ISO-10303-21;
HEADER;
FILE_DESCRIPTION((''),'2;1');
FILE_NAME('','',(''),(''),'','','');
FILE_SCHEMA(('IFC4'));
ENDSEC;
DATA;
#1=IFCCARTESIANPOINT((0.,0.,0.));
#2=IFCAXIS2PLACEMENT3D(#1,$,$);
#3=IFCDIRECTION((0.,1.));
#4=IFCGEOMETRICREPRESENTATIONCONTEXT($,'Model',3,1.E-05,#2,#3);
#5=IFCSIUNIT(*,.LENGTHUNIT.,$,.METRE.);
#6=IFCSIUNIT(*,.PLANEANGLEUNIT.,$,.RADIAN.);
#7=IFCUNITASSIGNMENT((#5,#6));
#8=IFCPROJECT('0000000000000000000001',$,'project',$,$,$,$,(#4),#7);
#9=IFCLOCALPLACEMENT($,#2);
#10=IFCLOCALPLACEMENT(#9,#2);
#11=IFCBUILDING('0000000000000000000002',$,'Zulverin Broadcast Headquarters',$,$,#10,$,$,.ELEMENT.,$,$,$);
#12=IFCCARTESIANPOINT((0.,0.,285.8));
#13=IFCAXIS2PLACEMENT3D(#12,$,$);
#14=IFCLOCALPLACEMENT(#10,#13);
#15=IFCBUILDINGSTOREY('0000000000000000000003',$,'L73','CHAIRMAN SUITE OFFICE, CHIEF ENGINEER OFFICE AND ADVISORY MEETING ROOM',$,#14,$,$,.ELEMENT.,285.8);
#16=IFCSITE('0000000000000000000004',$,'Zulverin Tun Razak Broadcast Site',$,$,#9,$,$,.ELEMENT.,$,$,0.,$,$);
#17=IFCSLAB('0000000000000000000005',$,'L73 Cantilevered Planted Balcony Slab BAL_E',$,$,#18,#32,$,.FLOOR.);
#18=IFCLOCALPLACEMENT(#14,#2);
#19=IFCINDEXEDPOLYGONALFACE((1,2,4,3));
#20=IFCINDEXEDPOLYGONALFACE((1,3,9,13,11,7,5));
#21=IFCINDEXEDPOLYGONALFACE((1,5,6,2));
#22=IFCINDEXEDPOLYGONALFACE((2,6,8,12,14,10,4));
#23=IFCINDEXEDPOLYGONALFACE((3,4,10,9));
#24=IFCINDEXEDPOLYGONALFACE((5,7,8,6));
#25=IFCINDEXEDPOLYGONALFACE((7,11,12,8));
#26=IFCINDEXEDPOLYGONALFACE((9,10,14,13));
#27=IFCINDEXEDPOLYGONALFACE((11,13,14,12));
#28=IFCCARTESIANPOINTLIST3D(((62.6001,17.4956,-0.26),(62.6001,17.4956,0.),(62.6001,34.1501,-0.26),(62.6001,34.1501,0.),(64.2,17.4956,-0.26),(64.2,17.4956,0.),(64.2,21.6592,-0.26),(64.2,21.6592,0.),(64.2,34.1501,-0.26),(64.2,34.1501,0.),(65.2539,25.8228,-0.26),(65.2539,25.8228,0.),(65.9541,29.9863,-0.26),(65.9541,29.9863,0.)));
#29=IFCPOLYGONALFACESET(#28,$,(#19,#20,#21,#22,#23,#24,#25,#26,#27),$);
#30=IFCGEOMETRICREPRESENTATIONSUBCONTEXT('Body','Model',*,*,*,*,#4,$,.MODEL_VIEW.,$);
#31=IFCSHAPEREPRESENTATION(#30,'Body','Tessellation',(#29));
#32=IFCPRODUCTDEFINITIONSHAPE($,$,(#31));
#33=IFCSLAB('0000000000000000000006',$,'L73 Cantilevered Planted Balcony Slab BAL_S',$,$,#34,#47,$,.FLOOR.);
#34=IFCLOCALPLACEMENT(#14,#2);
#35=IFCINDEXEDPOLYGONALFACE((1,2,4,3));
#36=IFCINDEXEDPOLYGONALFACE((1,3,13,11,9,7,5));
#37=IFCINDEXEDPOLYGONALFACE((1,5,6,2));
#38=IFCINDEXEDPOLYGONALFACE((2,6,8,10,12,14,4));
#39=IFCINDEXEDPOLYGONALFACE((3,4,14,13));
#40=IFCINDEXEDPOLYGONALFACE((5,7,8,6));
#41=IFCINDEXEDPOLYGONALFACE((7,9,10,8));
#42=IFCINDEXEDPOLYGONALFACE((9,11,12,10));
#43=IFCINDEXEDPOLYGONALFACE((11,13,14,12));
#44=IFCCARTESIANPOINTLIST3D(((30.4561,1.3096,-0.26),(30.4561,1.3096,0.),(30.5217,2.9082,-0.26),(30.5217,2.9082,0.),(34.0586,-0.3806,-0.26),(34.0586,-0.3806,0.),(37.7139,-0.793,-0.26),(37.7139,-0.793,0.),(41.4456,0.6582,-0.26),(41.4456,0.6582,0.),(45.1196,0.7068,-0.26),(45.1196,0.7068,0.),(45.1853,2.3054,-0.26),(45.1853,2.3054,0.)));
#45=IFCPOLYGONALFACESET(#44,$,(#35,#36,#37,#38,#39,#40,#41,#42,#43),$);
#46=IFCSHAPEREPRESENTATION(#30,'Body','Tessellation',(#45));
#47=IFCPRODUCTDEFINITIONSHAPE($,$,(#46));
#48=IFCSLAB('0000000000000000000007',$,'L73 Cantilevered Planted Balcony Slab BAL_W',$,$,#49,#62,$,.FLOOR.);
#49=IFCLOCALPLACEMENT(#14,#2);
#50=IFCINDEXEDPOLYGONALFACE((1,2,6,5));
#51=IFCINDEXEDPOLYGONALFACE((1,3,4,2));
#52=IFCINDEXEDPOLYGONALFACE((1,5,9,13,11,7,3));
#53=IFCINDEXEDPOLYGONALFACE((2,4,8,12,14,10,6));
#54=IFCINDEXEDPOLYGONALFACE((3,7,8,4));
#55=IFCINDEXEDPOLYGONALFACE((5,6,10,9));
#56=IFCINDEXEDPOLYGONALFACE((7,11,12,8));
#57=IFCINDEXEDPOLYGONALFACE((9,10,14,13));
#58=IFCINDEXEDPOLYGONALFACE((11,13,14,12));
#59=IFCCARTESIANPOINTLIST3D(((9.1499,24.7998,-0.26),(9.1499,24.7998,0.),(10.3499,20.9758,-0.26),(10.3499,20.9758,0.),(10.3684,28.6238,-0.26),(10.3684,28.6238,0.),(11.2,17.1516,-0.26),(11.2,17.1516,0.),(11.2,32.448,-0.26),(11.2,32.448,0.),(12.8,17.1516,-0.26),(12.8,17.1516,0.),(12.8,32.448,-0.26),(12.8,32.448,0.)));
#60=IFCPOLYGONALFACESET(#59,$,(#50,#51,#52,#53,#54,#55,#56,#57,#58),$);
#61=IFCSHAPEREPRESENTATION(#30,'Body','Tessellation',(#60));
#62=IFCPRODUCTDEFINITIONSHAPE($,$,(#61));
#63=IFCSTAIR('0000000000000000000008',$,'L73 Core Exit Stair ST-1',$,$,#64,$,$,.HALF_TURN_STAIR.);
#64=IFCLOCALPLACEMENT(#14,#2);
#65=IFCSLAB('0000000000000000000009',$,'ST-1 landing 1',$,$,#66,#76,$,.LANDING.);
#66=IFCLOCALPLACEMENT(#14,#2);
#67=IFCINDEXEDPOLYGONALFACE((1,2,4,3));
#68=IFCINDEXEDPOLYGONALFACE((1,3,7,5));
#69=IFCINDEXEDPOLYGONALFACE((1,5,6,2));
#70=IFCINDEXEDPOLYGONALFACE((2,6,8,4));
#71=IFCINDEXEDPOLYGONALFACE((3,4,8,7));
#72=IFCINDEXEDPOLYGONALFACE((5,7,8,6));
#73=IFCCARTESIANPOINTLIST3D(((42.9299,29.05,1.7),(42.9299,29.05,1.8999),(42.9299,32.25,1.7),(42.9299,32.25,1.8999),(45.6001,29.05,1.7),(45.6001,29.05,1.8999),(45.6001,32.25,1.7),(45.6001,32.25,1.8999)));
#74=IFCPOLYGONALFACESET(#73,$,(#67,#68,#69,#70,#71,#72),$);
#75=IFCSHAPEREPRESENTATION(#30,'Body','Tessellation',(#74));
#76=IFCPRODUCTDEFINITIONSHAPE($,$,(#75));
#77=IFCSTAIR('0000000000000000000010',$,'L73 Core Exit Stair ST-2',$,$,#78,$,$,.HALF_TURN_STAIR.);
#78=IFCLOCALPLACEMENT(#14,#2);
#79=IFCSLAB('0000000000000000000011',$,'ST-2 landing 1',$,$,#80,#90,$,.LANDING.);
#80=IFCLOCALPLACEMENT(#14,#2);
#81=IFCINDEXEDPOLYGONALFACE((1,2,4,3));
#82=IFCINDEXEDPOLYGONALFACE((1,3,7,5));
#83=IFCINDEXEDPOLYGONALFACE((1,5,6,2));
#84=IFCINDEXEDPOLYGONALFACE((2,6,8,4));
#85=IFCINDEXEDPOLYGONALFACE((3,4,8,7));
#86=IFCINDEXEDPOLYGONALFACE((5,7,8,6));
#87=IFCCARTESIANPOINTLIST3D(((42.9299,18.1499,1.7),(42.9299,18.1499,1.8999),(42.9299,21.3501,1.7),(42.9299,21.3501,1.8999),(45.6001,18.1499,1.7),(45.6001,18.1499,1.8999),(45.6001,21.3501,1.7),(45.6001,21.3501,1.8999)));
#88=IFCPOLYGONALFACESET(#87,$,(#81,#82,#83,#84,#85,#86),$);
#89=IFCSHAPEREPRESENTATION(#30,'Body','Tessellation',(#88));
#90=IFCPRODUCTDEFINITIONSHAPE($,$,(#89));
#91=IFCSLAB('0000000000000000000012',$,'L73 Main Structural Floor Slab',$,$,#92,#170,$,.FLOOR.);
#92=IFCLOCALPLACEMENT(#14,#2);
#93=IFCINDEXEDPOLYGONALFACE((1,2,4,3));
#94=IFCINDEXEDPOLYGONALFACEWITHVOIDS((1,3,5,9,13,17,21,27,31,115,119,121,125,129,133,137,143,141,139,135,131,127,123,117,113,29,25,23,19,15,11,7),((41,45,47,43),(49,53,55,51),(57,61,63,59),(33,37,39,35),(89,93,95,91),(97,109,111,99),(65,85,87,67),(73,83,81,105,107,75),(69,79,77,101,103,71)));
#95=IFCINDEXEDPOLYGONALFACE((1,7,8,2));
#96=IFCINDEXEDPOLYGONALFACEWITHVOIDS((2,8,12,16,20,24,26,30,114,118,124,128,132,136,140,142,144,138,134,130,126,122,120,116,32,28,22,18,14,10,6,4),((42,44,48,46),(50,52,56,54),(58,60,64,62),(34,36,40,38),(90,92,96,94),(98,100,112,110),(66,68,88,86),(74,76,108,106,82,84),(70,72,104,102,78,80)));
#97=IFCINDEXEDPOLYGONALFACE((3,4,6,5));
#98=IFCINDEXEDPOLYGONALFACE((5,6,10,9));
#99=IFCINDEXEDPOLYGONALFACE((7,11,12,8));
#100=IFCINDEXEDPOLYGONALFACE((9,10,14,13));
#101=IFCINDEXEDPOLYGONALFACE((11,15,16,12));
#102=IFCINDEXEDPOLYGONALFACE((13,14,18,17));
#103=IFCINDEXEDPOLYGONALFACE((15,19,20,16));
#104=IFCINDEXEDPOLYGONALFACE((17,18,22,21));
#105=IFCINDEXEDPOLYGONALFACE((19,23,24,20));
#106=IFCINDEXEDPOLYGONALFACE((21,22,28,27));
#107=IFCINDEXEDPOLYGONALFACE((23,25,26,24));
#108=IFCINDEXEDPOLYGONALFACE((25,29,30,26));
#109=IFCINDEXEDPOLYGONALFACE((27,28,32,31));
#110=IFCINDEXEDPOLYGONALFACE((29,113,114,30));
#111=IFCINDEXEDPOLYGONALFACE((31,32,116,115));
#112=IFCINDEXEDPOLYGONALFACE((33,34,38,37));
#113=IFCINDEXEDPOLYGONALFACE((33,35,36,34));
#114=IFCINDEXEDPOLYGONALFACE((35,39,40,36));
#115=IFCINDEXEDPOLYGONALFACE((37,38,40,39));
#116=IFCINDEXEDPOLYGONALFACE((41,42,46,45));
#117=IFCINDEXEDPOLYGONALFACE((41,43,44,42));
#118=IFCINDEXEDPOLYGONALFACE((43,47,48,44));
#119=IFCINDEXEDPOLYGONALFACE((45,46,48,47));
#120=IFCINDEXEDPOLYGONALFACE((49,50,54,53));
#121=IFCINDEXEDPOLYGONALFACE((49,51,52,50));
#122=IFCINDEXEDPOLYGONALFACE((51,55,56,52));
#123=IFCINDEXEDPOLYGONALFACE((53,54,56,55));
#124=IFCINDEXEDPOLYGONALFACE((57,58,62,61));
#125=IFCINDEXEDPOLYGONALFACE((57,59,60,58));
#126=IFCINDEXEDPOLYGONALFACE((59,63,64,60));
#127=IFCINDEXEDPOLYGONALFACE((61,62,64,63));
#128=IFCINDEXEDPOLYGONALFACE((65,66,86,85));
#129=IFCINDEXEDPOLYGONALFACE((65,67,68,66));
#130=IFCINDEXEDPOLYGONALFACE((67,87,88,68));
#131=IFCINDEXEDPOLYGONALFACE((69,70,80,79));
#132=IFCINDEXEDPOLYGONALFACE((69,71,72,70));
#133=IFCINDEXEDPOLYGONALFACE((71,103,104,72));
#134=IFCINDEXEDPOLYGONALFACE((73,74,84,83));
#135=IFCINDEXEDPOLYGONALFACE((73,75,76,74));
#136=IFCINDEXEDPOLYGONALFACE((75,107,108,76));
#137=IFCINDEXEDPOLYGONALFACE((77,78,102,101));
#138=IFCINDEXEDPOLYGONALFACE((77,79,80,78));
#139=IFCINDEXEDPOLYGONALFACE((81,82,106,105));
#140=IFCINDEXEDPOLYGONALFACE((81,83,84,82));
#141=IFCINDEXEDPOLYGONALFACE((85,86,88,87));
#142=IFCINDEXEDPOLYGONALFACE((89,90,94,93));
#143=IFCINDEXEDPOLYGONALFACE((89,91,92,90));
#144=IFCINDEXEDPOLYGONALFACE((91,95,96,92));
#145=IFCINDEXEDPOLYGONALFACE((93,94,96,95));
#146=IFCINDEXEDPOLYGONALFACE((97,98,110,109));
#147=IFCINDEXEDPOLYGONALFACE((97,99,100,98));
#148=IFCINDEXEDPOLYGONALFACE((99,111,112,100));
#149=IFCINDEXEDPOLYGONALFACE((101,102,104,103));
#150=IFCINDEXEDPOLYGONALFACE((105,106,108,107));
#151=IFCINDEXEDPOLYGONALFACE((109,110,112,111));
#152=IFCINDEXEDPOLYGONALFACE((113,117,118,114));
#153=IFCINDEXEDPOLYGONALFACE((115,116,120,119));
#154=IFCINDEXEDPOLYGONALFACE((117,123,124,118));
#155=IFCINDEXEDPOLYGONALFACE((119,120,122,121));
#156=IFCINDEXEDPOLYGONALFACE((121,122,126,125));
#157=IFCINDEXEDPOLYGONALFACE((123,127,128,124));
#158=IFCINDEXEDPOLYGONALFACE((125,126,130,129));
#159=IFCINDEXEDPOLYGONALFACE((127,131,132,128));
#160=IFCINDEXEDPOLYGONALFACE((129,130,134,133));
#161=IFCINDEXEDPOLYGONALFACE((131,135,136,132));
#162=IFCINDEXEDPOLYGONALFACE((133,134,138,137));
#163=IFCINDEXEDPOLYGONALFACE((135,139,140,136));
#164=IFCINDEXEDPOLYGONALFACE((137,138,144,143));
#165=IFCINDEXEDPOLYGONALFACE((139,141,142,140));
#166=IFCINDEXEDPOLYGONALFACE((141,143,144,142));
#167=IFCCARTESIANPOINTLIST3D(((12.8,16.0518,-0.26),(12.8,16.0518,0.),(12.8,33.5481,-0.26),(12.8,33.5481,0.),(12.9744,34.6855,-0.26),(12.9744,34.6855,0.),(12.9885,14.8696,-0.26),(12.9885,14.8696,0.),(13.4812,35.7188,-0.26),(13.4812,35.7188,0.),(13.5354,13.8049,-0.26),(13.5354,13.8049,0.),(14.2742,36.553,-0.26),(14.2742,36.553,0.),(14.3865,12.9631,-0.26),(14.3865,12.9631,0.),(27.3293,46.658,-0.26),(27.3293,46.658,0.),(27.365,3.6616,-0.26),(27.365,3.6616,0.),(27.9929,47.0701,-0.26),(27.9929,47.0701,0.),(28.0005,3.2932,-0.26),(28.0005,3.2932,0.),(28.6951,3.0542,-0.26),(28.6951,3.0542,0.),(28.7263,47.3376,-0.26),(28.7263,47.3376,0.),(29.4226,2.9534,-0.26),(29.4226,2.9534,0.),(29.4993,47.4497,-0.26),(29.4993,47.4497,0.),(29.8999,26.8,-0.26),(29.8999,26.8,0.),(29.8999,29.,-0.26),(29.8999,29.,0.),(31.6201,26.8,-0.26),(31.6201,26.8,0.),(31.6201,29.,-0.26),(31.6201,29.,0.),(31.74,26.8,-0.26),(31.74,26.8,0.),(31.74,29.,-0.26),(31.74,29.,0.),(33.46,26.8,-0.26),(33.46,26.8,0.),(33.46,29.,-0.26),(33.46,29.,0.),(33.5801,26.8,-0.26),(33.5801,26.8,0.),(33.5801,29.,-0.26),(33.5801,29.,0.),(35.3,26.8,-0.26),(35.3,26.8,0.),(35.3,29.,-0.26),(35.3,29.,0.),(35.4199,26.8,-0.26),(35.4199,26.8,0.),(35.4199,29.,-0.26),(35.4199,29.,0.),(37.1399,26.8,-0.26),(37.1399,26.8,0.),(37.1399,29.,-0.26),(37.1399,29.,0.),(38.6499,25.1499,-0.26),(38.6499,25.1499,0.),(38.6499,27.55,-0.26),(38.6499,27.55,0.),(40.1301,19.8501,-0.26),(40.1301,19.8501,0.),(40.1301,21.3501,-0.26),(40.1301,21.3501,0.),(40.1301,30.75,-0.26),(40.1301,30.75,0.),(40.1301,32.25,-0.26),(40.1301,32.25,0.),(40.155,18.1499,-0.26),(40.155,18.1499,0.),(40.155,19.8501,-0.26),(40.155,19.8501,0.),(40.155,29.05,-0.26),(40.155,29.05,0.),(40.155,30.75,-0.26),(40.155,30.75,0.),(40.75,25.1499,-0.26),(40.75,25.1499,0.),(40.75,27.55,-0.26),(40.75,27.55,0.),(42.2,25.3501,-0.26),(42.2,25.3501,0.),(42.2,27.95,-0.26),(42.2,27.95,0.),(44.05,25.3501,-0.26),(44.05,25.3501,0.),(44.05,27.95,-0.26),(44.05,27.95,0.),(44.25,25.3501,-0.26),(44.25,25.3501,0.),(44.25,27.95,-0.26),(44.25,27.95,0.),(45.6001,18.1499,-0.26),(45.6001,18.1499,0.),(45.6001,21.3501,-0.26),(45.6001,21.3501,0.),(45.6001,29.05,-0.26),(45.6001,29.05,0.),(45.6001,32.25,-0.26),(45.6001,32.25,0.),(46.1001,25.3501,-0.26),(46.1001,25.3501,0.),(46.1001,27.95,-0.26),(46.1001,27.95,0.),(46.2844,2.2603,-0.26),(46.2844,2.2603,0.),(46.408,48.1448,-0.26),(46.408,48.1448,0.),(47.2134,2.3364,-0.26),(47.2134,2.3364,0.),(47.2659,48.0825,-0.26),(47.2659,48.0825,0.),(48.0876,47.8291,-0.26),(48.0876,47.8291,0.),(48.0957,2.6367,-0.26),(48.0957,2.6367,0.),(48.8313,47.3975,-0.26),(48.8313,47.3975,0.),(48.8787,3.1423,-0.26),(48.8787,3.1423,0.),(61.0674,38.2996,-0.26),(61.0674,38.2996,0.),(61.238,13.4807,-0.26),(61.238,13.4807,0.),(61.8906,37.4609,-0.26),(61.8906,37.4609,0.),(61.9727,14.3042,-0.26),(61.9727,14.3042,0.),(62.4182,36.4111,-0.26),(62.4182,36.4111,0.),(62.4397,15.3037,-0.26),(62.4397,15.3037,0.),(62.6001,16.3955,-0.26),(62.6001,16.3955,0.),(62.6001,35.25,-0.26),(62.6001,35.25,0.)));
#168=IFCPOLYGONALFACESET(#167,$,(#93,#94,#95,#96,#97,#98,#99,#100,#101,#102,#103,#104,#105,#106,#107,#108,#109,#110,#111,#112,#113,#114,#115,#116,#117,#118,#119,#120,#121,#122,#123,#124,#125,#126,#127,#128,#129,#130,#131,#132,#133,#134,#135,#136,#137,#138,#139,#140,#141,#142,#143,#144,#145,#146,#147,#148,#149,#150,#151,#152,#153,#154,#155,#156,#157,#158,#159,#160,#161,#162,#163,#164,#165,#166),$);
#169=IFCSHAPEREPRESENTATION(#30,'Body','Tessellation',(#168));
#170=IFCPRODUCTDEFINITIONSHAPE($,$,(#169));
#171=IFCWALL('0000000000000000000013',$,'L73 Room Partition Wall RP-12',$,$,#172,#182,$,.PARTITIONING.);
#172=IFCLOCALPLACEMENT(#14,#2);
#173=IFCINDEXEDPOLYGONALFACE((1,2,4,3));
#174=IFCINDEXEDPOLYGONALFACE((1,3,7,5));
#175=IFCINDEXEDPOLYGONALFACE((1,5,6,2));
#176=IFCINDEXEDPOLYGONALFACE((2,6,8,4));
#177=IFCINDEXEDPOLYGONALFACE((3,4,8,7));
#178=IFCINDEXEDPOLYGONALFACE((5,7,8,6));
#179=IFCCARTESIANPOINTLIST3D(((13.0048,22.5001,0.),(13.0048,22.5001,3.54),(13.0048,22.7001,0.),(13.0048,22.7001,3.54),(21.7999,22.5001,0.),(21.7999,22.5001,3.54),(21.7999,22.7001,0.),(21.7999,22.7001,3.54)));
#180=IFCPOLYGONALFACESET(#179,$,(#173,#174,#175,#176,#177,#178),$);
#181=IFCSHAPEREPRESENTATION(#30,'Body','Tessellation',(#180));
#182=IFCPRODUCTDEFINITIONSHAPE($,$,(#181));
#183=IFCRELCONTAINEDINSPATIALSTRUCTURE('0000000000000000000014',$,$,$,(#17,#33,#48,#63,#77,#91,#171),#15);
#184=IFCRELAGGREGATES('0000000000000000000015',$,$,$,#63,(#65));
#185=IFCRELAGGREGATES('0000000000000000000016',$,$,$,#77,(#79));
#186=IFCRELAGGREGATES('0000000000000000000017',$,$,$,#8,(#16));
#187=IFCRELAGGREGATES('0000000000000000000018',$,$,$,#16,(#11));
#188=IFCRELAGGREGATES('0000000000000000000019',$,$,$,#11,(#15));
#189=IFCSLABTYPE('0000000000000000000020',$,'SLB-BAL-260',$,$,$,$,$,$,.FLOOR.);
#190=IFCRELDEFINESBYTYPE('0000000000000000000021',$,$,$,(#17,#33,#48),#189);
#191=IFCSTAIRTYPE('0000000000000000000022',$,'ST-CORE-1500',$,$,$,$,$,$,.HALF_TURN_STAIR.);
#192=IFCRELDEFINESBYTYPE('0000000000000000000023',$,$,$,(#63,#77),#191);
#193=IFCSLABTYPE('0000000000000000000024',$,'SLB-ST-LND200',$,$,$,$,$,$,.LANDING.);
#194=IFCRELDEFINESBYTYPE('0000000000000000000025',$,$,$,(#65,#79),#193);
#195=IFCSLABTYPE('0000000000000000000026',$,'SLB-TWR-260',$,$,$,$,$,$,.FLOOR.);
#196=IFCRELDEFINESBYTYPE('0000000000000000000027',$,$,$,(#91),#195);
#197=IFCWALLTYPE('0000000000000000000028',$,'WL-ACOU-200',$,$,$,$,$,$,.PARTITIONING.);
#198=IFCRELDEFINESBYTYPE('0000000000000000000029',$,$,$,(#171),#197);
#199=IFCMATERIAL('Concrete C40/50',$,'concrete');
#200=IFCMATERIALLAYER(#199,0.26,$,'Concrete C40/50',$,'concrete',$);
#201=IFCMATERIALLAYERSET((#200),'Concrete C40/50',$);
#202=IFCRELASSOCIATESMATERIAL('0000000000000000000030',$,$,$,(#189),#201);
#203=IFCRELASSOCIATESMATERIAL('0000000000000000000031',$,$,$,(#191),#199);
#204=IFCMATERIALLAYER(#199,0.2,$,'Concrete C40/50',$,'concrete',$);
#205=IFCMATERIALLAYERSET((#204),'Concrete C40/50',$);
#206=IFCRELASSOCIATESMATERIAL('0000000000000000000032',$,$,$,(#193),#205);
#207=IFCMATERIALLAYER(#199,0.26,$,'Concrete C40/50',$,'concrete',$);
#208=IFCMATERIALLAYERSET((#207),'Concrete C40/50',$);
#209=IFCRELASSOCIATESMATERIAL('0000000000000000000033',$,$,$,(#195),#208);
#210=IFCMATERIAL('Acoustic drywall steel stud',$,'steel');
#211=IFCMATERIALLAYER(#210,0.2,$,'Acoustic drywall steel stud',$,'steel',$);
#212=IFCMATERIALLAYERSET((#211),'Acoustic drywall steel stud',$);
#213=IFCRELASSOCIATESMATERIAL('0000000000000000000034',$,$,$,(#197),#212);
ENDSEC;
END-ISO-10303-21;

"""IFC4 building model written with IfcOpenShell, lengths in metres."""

from ifc_helpers import new_model, si_unit, direction, frame, frame_2d, origin, place, context, subcontext, project, spatial, polyline, rectangle, outline, extrude, material, layer, layer_set, type_object, element, aggregate, save


model = new_model("IFC4")

# Units and contexts
model_context = context("Model", 3, precision=1e-05, world=origin(), true_north=direction((0.0, 1.0)))
body_context = subcontext(model_context, "Body", "Model", "MODEL_VIEW")
ifc_project = project(units=[si_unit("LENGTHUNIT", "METRE"), si_unit("PLANEANGLEUNIT", "RADIAN")], contexts=[model_context])

# Site, building, storey
site_placement = place(None, origin())
site = spatial("IfcSite", under=ifc_project, at=site_placement, Name="Zulverin Tun Razak Broadcast Site", CompositionType="ELEMENT", RefElevation=0.0)
building_placement = place(site_placement, origin())
building = spatial("IfcBuilding", under=site, at=building_placement, Name="Zulverin Broadcast Headquarters", CompositionType="ELEMENT")
storey_placement = place(building_placement, frame((0.0, 0.0, 285.8)))
storey = spatial("IfcBuildingStorey", under=building, at=storey_placement, Name="L73", Description="CHAIRMAN SUITE OFFICE, CHIEF ENGINEER OFFICE AND ADVISORY MEETING ROOM", CompositionType="ELEMENT", Elevation=285.8)

# Slabs
ifc_material_1 = material(Name="Concrete C40/50", Category="concrete")
ifc_layer_1 = layer(ifc_material_1, 0.26, Name="Concrete C40/50", Category="concrete")
ifc_layer_set_1 = layer_set([ifc_layer_1], Name="Concrete C40/50")
slab_type_1 = type_object("IfcSlabType", Name="SLB-BAL-260", PredefinedType="FLOOR", material=ifc_layer_set_1)
slab_1_placement = place(storey_placement, frame((0.0, 0.0, -0.26)))
element("IfcSlab", 1, at=slab_1_placement, inside=storey, type_object=slab_type_1, Name="L73 Cantilevered Planted Balcony Slab BAL_E", PredefinedType="FLOOR", context=body_context, shape_type="SweptSolid", body=[
    extrude(outline(polyline([(62.6001, 34.1501), (62.6001, 17.4956), (64.2, 17.4956), (64.2, 21.6592), (65.2539, 25.8228), (65.9541, 29.9863), (64.2, 34.1501), (62.6001, 34.1501)])), origin(), (0.0, 0.0, 1.0), 0.26),
])
slab_2_placement = place(storey_placement, frame((0.0, 0.0, -0.26)))
element("IfcSlab", 2, at=slab_2_placement, inside=storey, type_object=slab_type_1, Name="L73 Cantilevered Planted Balcony Slab BAL_S", PredefinedType="FLOOR", context=body_context, shape_type="SweptSolid", body=[
    extrude(outline(polyline([(45.1853, 2.3054), (30.5217, 2.9082), (30.4561, 1.3096), (34.0586, -0.3806), (37.7139, -0.793), (41.4456, 0.6582), (45.1196, 0.7068), (45.1853, 2.3054)])), origin(), (0.0, 0.0, 1.0), 0.26),
])
slab_3_placement = place(storey_placement, frame((0.0, 0.0, -0.26)))
element("IfcSlab", 3, at=slab_3_placement, inside=storey, type_object=slab_type_1, Name="L73 Cantilevered Planted Balcony Slab BAL_W", PredefinedType="FLOOR", context=body_context, shape_type="SweptSolid", body=[
    extrude(outline(polyline([(12.8, 17.1516), (12.8, 32.448), (11.2, 32.448), (10.3684, 28.6238), (9.1499, 24.7998), (10.3499, 20.9758), (11.2, 17.1516), (12.8, 17.1516)])), origin(), (0.0, 0.0, 1.0), 0.26),
])

# Stairs, slabs
stair_type = type_object("IfcStairType", Name="ST-CORE-1500", PredefinedType="HALF_TURN_STAIR", material=ifc_material_1)
stair_1_placement = place(storey_placement, origin())
stair_1 = element("IfcStair", 4, at=stair_1_placement, inside=storey, type_object=stair_type, Name="L73 Core Exit Stair ST-1", PredefinedType="HALF_TURN_STAIR")
ifc_layer_2 = layer(ifc_material_1, 0.2, Name="Concrete C40/50", Category="concrete")
ifc_layer_set_2 = layer_set([ifc_layer_2], Name="Concrete C40/50")
slab_type_2 = type_object("IfcSlabType", Name="SLB-ST-LND200", PredefinedType="LANDING", material=ifc_layer_set_2)
slab_4_placement = place(storey_placement, frame((0.0, 0.0, 1.7)))
slab_4 = element("IfcSlab", 5, at=slab_4_placement, type_object=slab_type_2, Name="ST-1 landing 1", PredefinedType="LANDING", context=body_context, shape_type="SweptSolid", body=[
    extrude(outline(polyline([(42.9299, 29.05), (45.6001, 29.05), (45.6001, 32.25), (42.9299, 32.25), (42.9299, 29.05)])), origin(), (0.0, 0.0, 1.0), 0.2),
])
aggregate(stair_1, [slab_4])
stair_2_placement = place(storey_placement, origin())
stair_2 = element("IfcStair", 6, at=stair_2_placement, inside=storey, type_object=stair_type, Name="L73 Core Exit Stair ST-2", PredefinedType="HALF_TURN_STAIR")
slab_5_placement = place(storey_placement, frame((0.0, 0.0, 1.7)))
slab_5 = element("IfcSlab", 7, at=slab_5_placement, type_object=slab_type_2, Name="ST-2 landing 1", PredefinedType="LANDING", context=body_context, shape_type="SweptSolid", body=[
    extrude(outline(polyline([(42.9299, 18.1499), (45.6001, 18.1499), (45.6001, 21.3501), (42.9299, 21.3501), (42.9299, 18.1499)])), origin(), (0.0, 0.0, 1.0), 0.2),
])
aggregate(stair_2, [slab_5])

# Slab
ifc_layer_3 = layer(ifc_material_1, 0.26, Name="Concrete C40/50", Category="concrete")
ifc_layer_set_3 = layer_set([ifc_layer_3], Name="Concrete C40/50")
slab_type_3 = type_object("IfcSlabType", Name="SLB-TWR-260", PredefinedType="FLOOR", material=ifc_layer_set_3)
slab_6_placement = place(storey_placement, frame((0.0, 0.0, -0.26)))
element("IfcSlab", 8, at=slab_6_placement, inside=storey, type_object=slab_type_3, Name="L73 Main Structural Floor Slab", PredefinedType="FLOOR", context=body_context, shape_type="SweptSolid", body=[
    extrude(outline(polyline([(27.365, 3.6616), (28.0005, 3.2932), (28.6951, 3.0542), (29.4226, 2.9534), (46.2844, 2.2603), (47.2134, 2.3364), (48.0957, 2.6367), (48.8787, 3.1423), (61.238, 13.4807), (61.9727, 14.3042), (62.4397, 15.3037), (62.6001, 16.3955), (62.6001, 35.25), (62.4182, 36.4111), (61.8906, 37.4609), (61.0674, 38.2996), (48.8313, 47.3975), (48.0876, 47.8291), (47.2659, 48.0825), (46.408, 48.1448), (29.4993, 47.4497), (28.7263, 47.3376), (27.9929, 47.0701), (27.3293, 46.658), (14.2742, 36.553), (13.4812, 35.7188), (12.9744, 34.6855), (12.8, 33.5481), (12.8, 16.0518), (12.9885, 14.8696), (13.5354, 13.8049), (14.3865, 12.9631), (27.365, 3.6616)]), holes=[polyline([(40.155, 30.75), (40.1301, 30.75), (40.1301, 32.25), (45.6001, 32.25), (45.6001, 29.05), (40.155, 29.05), (40.155, 30.75)]), polyline([(40.155, 19.8501), (40.1301, 19.8501), (40.1301, 21.3501), (45.6001, 21.3501), (45.6001, 18.1499), (40.155, 18.1499), (40.155, 19.8501)]), polyline([(29.8999, 26.8), (31.6201, 26.8), (31.6201, 29.0), (29.8999, 29.0), (29.8999, 26.8)]), polyline([(31.74, 26.8), (33.46, 26.8), (33.46, 29.0), (31.74, 29.0), (31.74, 26.8)]), polyline([(33.5801, 26.8), (35.3, 26.8), (35.3, 29.0), (33.5801, 29.0), (33.5801, 26.8)]), polyline([(35.4199, 26.8), (37.1399, 26.8), (37.1399, 29.0), (35.4199, 29.0), (35.4199, 26.8)]), polyline([(42.2, 25.3501), (44.05, 25.3501), (44.05, 27.95), (42.2, 27.95), (42.2, 25.3501)]), polyline([(44.25, 25.3501), (46.1001, 25.3501), (46.1001, 27.95), (44.25, 27.95), (44.25, 25.3501)]), polyline([(38.6499, 25.1499), (40.75, 25.1499), (40.75, 27.55), (38.6499, 27.55), (38.6499, 25.1499)])]), origin(), (0.0, 0.0, 1.0), 0.26),
])

# Wall
ifc_material_2 = material(Name="Acoustic drywall steel stud", Category="steel")
ifc_layer_4 = layer(ifc_material_2, 0.2, Name="Acoustic drywall steel stud", Category="steel")
ifc_layer_set_4 = layer_set([ifc_layer_4], Name="Acoustic drywall steel stud")
wall_type_1 = type_object("IfcWallType", Name="WL-ACOU-200", PredefinedType="PARTITIONING", material=ifc_layer_set_4)
wall_1_placement = place(storey_placement, frame((13.0049, 22.6001, 0.0), z_axis=(0.0, 0.0, 1.0), x_axis=(1.0, 0.0, 0.0)))
element("IfcWall", 9, at=wall_1_placement, inside=storey, type_object=wall_type_1, Name="L73 Room Partition Wall RP-12", PredefinedType="PARTITIONING", context=body_context, shape_type="SweptSolid", body=[
    extrude(rectangle(XDim=8.7952, YDim=0.2, at=frame_2d((4.3975, 0.0))), origin(), (0.0, 0.0, 1.0), 3.54),
])

save(model, "model.ifc")
